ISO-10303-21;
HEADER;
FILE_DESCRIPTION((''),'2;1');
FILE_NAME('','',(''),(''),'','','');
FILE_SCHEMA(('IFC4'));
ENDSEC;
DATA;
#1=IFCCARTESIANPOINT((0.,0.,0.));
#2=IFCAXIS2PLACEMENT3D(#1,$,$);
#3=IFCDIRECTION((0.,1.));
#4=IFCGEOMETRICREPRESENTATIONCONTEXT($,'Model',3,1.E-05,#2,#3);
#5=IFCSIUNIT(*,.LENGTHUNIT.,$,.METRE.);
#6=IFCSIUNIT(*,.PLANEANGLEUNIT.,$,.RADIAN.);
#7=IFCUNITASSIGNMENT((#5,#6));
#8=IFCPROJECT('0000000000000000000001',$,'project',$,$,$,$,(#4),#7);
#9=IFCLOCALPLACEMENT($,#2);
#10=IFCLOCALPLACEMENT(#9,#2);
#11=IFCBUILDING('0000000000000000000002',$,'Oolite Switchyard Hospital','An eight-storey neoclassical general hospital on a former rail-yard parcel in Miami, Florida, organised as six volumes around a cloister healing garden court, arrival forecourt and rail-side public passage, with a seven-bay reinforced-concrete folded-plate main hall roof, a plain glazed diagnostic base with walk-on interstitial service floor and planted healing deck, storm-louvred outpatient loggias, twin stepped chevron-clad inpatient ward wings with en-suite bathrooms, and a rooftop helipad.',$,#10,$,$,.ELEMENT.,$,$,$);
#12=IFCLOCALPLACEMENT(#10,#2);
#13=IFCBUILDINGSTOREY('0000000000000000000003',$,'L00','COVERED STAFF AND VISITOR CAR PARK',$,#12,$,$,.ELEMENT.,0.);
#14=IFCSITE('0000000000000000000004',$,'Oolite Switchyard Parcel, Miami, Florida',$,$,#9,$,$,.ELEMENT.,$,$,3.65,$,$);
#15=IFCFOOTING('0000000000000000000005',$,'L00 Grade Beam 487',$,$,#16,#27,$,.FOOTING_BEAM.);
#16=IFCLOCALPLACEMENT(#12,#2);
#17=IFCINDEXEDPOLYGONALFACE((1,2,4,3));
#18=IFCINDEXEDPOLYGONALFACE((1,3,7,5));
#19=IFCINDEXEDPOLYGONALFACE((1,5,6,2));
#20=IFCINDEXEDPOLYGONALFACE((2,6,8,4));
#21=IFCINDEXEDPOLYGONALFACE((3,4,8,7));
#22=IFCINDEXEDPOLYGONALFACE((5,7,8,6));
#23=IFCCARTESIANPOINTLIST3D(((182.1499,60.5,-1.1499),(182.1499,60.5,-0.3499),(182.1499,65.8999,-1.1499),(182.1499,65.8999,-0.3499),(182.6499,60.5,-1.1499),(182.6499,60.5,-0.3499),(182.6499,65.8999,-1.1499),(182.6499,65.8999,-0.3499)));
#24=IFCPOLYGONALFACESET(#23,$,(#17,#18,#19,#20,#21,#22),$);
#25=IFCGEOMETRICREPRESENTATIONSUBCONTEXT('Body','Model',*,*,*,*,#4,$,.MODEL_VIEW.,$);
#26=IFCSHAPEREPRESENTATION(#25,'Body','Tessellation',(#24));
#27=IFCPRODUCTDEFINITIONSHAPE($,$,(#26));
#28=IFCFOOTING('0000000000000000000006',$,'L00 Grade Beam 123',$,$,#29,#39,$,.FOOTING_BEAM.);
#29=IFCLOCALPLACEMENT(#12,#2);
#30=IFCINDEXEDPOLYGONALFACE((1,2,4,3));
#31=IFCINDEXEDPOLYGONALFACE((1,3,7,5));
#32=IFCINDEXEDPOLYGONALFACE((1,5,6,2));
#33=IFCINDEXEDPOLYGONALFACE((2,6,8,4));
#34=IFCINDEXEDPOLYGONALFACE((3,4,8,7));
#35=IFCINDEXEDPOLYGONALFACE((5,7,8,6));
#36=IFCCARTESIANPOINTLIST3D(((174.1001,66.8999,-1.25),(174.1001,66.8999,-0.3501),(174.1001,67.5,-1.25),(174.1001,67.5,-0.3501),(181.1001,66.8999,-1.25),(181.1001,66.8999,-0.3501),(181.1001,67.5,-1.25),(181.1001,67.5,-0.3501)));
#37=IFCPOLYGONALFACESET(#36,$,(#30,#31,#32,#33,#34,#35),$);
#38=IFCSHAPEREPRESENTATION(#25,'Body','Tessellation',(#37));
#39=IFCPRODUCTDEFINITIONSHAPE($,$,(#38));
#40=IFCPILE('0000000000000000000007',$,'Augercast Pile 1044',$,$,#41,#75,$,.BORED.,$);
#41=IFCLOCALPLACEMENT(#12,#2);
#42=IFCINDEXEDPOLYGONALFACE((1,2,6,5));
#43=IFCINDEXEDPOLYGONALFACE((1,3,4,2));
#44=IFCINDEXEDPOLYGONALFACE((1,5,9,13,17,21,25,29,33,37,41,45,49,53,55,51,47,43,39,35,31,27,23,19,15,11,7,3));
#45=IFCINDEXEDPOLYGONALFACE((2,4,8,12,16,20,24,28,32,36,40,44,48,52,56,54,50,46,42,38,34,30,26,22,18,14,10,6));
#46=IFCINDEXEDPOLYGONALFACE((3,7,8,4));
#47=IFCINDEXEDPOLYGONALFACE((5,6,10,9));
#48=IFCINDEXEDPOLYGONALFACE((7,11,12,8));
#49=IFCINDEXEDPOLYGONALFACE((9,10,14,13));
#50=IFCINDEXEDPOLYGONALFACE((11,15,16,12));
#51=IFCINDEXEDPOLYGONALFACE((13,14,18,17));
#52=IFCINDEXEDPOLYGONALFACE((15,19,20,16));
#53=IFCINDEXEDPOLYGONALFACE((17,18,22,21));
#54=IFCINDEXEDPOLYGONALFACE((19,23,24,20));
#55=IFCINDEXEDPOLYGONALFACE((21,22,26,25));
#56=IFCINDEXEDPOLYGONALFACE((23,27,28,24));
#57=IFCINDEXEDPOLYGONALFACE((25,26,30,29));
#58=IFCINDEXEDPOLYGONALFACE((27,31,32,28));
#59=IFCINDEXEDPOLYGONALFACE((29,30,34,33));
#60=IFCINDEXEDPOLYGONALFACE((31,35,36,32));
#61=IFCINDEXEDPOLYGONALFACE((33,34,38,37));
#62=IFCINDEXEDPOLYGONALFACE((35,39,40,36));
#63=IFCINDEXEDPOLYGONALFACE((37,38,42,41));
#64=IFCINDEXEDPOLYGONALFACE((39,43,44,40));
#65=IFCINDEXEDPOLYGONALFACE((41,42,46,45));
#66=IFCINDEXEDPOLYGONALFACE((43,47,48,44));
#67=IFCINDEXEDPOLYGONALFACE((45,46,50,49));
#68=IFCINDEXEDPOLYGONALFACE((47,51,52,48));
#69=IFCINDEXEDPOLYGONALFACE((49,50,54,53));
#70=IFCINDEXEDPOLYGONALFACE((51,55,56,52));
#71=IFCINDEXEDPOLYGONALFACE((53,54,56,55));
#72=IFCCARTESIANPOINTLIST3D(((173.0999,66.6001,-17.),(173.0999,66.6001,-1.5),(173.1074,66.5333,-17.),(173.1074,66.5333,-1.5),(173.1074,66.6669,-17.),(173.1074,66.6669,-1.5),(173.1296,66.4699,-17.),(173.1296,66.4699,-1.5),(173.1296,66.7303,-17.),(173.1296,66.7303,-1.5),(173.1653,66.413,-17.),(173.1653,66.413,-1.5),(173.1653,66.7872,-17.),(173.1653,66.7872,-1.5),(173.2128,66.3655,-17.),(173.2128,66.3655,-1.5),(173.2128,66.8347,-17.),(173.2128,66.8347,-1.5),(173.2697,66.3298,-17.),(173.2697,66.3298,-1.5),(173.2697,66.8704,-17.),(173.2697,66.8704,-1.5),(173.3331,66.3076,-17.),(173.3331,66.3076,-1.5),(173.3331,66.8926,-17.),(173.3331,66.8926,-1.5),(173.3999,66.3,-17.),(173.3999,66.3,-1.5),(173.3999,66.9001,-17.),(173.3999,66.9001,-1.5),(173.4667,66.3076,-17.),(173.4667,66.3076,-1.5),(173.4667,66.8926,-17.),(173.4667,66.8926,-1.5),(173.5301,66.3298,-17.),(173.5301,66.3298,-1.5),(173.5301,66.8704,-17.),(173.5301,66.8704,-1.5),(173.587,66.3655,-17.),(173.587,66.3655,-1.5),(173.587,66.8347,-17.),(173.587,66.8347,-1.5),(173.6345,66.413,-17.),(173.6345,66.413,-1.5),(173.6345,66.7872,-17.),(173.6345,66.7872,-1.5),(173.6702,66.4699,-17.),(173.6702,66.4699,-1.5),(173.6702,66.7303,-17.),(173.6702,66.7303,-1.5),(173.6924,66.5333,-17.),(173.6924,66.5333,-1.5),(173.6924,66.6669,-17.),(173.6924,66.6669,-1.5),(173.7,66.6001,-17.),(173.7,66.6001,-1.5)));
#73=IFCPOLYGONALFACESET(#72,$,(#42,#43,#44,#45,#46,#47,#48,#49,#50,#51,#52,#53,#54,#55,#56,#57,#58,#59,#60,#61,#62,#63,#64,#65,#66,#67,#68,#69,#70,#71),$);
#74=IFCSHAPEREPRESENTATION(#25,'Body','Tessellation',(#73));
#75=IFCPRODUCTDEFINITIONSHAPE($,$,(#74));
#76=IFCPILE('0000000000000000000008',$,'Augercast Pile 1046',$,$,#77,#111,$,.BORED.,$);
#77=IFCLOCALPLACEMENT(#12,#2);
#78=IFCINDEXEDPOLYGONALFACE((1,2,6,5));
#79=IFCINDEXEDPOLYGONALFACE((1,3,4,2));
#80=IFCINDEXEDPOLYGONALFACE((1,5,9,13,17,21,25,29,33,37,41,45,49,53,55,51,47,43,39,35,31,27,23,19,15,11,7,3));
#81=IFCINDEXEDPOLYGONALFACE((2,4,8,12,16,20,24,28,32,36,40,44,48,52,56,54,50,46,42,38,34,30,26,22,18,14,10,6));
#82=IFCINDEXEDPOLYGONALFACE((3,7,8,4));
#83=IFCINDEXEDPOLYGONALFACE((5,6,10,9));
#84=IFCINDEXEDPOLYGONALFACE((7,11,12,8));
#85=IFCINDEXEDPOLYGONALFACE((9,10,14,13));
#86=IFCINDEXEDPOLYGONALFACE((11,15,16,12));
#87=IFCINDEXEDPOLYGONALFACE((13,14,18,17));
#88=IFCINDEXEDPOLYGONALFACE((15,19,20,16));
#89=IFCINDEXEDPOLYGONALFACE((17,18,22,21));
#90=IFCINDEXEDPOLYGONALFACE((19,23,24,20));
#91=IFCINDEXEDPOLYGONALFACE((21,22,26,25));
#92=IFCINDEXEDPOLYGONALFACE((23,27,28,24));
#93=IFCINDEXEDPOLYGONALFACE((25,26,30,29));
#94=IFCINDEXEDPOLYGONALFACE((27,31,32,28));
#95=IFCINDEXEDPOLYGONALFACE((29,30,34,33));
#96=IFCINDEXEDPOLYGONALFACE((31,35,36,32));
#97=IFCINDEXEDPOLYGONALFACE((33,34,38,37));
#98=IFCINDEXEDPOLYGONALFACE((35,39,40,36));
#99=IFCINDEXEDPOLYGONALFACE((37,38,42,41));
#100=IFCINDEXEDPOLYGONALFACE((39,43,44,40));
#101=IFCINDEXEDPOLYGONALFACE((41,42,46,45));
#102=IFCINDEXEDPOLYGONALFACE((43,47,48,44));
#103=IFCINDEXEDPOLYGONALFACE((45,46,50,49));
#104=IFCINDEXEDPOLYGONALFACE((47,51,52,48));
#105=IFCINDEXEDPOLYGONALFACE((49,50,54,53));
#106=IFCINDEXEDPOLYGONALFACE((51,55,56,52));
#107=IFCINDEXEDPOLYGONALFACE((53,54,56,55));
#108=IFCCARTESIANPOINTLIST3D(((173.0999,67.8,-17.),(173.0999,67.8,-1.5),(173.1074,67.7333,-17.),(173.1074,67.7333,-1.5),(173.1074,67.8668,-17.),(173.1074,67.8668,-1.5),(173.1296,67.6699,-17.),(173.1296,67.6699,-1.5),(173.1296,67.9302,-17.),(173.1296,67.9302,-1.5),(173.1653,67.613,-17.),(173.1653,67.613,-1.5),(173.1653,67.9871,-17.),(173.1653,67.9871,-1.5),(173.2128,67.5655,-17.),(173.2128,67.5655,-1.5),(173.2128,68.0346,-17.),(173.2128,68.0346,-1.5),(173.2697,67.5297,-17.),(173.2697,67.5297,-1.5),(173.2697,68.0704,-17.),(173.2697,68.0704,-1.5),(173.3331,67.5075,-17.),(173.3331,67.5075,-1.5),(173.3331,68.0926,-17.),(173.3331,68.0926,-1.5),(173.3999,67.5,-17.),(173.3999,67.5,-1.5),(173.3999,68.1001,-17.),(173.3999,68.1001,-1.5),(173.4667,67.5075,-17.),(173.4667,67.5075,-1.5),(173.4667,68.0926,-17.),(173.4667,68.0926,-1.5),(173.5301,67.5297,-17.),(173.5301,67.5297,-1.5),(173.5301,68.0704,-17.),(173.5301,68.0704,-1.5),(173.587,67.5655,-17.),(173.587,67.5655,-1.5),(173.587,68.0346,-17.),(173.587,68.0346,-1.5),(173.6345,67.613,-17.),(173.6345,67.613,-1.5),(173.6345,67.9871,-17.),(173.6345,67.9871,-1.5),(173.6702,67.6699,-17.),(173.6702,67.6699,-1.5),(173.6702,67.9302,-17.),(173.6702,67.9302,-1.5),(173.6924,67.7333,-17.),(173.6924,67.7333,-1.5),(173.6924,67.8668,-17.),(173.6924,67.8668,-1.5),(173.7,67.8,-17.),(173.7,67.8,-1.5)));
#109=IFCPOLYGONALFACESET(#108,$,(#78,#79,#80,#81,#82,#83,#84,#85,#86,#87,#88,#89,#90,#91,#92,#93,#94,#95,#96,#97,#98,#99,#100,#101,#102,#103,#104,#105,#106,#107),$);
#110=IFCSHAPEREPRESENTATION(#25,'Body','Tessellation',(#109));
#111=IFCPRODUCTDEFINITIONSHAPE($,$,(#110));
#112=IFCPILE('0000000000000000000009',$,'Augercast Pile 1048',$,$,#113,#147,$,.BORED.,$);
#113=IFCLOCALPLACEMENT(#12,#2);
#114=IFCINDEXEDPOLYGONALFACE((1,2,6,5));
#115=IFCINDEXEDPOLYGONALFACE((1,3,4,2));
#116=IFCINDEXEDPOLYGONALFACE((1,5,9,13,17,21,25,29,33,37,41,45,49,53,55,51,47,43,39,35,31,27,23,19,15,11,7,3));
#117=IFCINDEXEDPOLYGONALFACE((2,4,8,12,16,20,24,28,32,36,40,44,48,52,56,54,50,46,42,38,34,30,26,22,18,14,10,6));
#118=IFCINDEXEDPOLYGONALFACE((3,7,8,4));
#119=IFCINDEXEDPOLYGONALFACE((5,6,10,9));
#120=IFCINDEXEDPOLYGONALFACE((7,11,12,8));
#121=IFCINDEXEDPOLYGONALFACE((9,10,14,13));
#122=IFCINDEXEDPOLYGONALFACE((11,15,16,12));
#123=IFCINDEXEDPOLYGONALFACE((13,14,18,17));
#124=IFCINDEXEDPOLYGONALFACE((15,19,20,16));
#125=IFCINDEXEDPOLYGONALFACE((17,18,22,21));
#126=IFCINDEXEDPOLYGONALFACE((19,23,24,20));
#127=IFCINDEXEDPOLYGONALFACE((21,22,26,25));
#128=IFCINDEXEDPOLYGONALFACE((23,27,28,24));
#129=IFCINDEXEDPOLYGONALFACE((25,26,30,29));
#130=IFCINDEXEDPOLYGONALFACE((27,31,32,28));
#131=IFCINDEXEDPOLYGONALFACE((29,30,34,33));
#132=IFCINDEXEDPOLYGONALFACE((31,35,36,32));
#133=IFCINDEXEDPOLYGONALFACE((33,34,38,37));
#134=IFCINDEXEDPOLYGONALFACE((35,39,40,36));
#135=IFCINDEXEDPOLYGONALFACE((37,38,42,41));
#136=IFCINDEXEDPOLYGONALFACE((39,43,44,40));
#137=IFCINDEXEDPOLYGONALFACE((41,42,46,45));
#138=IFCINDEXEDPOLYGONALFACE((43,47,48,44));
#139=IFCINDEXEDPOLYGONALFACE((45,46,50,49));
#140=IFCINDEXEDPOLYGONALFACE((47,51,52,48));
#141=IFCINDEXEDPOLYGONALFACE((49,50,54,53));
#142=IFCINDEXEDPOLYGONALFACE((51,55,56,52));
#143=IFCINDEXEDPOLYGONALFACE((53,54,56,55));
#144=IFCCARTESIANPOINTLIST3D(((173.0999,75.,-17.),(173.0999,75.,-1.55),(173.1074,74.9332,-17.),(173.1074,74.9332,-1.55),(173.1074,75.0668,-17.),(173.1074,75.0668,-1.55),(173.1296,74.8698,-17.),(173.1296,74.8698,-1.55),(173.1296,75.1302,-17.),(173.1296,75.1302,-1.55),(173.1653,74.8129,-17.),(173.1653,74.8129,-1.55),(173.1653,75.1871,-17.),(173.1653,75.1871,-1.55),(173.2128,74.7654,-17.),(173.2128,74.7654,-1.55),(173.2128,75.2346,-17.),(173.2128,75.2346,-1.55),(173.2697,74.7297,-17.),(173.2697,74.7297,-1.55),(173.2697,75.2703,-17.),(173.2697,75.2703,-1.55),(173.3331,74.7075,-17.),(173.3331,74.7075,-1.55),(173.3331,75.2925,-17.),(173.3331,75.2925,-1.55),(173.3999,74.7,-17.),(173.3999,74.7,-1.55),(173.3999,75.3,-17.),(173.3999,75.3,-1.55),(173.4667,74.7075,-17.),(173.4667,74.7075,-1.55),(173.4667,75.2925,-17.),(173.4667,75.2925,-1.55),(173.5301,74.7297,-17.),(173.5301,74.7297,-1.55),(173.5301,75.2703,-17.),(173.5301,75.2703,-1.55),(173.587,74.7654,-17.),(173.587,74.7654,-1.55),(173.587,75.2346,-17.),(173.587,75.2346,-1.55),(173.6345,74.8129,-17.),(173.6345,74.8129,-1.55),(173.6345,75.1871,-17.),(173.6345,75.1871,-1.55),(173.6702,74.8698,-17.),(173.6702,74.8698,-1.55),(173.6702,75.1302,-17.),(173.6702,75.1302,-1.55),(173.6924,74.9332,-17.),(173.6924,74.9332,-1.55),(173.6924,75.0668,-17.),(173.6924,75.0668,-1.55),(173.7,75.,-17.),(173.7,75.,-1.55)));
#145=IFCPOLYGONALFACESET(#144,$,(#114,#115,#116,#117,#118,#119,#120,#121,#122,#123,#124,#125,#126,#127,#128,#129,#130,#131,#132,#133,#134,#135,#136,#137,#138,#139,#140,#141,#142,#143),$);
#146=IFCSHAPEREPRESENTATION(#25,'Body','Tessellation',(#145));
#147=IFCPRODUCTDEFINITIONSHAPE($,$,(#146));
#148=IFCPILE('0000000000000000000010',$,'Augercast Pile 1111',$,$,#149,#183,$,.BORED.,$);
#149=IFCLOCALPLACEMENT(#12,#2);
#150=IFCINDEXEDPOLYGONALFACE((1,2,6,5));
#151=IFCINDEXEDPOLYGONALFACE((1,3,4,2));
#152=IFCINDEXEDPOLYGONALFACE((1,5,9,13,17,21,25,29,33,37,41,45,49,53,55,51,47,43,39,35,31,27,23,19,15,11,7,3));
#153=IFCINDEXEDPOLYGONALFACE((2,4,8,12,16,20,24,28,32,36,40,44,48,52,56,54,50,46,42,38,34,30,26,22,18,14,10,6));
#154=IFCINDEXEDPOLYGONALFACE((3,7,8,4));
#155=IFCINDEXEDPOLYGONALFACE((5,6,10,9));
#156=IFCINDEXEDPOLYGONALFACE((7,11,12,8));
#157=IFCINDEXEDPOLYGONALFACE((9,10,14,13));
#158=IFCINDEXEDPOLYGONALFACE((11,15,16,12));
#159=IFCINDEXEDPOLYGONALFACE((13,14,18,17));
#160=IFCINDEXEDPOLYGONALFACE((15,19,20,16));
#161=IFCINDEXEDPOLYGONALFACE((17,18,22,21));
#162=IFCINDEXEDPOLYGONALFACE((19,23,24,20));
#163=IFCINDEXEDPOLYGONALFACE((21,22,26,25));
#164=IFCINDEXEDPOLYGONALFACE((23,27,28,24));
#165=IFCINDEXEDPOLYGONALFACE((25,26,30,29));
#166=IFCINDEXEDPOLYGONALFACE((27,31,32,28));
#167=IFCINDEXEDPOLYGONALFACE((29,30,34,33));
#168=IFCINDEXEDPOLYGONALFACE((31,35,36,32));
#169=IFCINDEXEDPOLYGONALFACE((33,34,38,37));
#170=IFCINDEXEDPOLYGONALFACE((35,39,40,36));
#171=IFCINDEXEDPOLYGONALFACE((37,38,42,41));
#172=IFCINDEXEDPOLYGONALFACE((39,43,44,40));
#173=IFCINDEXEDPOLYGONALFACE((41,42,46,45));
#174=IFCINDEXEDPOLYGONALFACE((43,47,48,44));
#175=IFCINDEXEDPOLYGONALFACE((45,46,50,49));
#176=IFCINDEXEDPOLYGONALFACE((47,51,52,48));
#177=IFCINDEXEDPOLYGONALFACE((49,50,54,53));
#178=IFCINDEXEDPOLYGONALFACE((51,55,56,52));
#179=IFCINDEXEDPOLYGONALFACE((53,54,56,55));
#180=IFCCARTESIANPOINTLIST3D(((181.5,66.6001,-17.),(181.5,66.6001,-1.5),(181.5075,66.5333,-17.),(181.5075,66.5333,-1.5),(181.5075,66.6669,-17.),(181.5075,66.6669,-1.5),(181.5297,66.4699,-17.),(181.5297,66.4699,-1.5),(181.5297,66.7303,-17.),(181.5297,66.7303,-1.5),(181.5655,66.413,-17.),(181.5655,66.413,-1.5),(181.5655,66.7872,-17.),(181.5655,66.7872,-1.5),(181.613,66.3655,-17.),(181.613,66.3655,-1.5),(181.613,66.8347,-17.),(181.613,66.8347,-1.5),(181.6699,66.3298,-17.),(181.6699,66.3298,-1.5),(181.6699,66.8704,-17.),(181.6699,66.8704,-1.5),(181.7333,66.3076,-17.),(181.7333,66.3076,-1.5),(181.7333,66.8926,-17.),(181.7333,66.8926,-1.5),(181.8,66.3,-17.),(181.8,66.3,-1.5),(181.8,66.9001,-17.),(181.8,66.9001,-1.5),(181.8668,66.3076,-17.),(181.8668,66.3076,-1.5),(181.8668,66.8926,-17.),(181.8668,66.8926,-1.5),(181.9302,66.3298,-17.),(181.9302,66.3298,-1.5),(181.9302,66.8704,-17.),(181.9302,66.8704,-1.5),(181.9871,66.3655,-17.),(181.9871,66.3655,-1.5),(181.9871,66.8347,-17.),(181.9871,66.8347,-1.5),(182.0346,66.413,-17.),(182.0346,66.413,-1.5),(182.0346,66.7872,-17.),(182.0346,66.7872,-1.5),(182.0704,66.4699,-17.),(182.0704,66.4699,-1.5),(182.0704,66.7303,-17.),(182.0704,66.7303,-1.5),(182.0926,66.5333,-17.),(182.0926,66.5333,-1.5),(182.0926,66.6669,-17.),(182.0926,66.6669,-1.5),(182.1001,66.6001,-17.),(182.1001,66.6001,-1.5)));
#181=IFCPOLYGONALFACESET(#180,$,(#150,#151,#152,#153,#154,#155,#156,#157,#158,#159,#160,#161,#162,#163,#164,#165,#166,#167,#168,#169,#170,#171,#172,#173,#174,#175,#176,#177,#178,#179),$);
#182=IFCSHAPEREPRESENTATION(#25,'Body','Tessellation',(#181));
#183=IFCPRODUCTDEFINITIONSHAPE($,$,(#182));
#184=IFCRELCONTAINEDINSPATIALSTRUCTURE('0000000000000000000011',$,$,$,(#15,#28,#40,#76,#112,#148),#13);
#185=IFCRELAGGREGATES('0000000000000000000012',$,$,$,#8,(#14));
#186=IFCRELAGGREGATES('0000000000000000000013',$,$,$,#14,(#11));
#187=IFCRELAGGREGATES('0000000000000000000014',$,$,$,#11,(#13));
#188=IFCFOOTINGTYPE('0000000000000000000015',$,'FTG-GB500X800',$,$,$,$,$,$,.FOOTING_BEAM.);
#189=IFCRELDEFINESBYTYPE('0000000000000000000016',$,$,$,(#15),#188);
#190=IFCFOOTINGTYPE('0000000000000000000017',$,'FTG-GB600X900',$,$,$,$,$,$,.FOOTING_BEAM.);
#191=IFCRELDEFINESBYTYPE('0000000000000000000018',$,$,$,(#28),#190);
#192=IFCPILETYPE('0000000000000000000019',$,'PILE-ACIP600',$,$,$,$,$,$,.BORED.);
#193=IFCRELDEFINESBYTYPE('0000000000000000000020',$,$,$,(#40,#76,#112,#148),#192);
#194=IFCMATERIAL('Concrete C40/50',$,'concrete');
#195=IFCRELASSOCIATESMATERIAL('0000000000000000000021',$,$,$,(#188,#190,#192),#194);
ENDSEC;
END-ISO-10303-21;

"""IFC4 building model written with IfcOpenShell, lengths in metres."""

from ifc_helpers import new_model, si_unit, direction, frame, origin, origin_2d, place, context, subcontext, project, spatial, rectangle, circle, extrude, material, material_profile, profile_set, type_object, element, save


model = new_model("IFC4")

# Units and contexts
model_context = context("Model", 3, precision=1e-05, world=origin(), true_north=direction((0.0, 1.0)))
body_context = subcontext(model_context, "Body", "Model", "MODEL_VIEW")
ifc_project = project(units=[si_unit("LENGTHUNIT", "METRE"), si_unit("PLANEANGLEUNIT", "RADIAN")], contexts=[model_context])

# Site, building, storey
site_placement = place(None, origin())
site = spatial("IfcSite", under=ifc_project, at=site_placement, Name="Oolite Switchyard Parcel, Miami, Florida", CompositionType="ELEMENT", RefElevation=3.65)
building_placement = place(site_placement, origin())
building = spatial("IfcBuilding", under=site, at=building_placement, Name="Oolite Switchyard Hospital", Description="An eight-storey neoclassical general hospital on a former rail-yard parcel in Miami, Florida, organised as six volumes around a cloister healing garden court, arrival forecourt and rail-side public passage, with a seven-bay reinforced-concrete folded-plate main hall roof, a plain glazed diagnostic base with walk-on interstitial service floor and planted healing deck, storm-louvred outpatient loggias, twin stepped chevron-clad inpatient ward wings with en-suite bathrooms, and a rooftop helipad.", CompositionType="ELEMENT")
storey_placement = place(building_placement, origin())
storey = spatial("IfcBuildingStorey", under=building, at=storey_placement, Name="L00", Description="COVERED STAFF AND VISITOR CAR PARK", CompositionType="ELEMENT", Elevation=0.0)

# Footings
ifc_material_1 = material(Name="Concrete C40/50", Category="concrete")
footing_type_1 = type_object("IfcFootingType", Name="FTG-GB500X800", PredefinedType="FOOTING_BEAM", material=ifc_material_1)
footing_1_placement = place(storey_placement, frame((182.3999, 63.2, -1.1499), z_axis=(0.0, 0.0, 1.0), x_axis=(0.0, 1.0, 0.0)))
element("IfcFooting", 1, at=footing_1_placement, inside=storey, type_object=footing_type_1, Name="L00 Grade Beam 487", PredefinedType="FOOTING_BEAM", context=body_context, shape_type="SweptSolid", body=[
    extrude(rectangle(XDim=5.3999, YDim=0.5, at=origin_2d()), origin(), (0.0, 0.0, 1.0), 0.8),
])
footing_type_2 = type_object("IfcFootingType", Name="FTG-GB600X900", PredefinedType="FOOTING_BEAM", material=ifc_material_1)
footing_2_placement = place(storey_placement, frame((177.6001, 67.2, -1.25), z_axis=(0.0, 0.0, 1.0), x_axis=(1.0, 0.0, 0.0)))
element("IfcFooting", 2, at=footing_2_placement, inside=storey, type_object=footing_type_2, Name="L00 Grade Beam 123", PredefinedType="FOOTING_BEAM", context=body_context, shape_type="SweptSolid", body=[
    extrude(rectangle(XDim=7.0, YDim=0.6001, at=origin_2d()), origin(), (0.0, 0.0, 1.0), 0.8999),
])

# Piles
ifc_material_profile_1 = material_profile(ifc_material_1, circle(Radius=0.3, at=origin_2d()), Name="PILE600")
ifc_profile_set_1 = profile_set([ifc_material_profile_1], Name="Concrete C40/50")
pile_type = type_object("IfcPileType", Name="PILE-ACIP600", PredefinedType="BORED", material=ifc_profile_set_1)
for number, where, z_axis, x_axis, name in (
    (3, (173.3999, 66.6001, -1.5), (0.0, 0.0, -1.0), (1.0, 0.0, 0.0), "Augercast Pile 1044"),
    (4, (173.3999, 67.8, -1.5), (0.0, 0.0, -1.0), (1.0, 0.0, 0.0), "Augercast Pile 1046"),
):
    element("IfcPile", number, at=place(storey_placement, frame(where, z_axis=z_axis, x_axis=x_axis)), inside=storey, type_object=pile_type, Name=name, PredefinedType="BORED", context=body_context, shape_type="SweptSolid", body=[
        extrude(circle(Radius=0.3, at=origin_2d()), origin(), (0.0, 0.0, 1.0), 15.5),
    ])
pile_1_placement = place(storey_placement, frame((173.3999, 75.0, -1.55), z_axis=(0.0, 0.0, -1.0), x_axis=(1.0, 0.0, 0.0)))
element("IfcPile", 5, at=pile_1_placement, inside=storey, type_object=pile_type, Name="Augercast Pile 1048", PredefinedType="BORED", context=body_context, shape_type="SweptSolid", body=[
    extrude(circle(Radius=0.3, at=origin_2d()), origin(), (0.0, 0.0, 1.0), 15.45),
])
for number, where, z_axis, x_axis, name in (
    (6, (181.8, 66.6001, -1.5), (0.0, 0.0, -1.0), (1.0, 0.0, 0.0), "Augercast Pile 1111"),
):
    element("IfcPile", number, at=place(storey_placement, frame(where, z_axis=z_axis, x_axis=x_axis)), inside=storey, type_object=pile_type, Name=name, PredefinedType="BORED", context=body_context, shape_type="SweptSolid", body=[
        extrude(circle(Radius=0.3, at=origin_2d()), origin(), (0.0, 0.0, 1.0), 15.5),
    ])

save(model, "model.ifc")
